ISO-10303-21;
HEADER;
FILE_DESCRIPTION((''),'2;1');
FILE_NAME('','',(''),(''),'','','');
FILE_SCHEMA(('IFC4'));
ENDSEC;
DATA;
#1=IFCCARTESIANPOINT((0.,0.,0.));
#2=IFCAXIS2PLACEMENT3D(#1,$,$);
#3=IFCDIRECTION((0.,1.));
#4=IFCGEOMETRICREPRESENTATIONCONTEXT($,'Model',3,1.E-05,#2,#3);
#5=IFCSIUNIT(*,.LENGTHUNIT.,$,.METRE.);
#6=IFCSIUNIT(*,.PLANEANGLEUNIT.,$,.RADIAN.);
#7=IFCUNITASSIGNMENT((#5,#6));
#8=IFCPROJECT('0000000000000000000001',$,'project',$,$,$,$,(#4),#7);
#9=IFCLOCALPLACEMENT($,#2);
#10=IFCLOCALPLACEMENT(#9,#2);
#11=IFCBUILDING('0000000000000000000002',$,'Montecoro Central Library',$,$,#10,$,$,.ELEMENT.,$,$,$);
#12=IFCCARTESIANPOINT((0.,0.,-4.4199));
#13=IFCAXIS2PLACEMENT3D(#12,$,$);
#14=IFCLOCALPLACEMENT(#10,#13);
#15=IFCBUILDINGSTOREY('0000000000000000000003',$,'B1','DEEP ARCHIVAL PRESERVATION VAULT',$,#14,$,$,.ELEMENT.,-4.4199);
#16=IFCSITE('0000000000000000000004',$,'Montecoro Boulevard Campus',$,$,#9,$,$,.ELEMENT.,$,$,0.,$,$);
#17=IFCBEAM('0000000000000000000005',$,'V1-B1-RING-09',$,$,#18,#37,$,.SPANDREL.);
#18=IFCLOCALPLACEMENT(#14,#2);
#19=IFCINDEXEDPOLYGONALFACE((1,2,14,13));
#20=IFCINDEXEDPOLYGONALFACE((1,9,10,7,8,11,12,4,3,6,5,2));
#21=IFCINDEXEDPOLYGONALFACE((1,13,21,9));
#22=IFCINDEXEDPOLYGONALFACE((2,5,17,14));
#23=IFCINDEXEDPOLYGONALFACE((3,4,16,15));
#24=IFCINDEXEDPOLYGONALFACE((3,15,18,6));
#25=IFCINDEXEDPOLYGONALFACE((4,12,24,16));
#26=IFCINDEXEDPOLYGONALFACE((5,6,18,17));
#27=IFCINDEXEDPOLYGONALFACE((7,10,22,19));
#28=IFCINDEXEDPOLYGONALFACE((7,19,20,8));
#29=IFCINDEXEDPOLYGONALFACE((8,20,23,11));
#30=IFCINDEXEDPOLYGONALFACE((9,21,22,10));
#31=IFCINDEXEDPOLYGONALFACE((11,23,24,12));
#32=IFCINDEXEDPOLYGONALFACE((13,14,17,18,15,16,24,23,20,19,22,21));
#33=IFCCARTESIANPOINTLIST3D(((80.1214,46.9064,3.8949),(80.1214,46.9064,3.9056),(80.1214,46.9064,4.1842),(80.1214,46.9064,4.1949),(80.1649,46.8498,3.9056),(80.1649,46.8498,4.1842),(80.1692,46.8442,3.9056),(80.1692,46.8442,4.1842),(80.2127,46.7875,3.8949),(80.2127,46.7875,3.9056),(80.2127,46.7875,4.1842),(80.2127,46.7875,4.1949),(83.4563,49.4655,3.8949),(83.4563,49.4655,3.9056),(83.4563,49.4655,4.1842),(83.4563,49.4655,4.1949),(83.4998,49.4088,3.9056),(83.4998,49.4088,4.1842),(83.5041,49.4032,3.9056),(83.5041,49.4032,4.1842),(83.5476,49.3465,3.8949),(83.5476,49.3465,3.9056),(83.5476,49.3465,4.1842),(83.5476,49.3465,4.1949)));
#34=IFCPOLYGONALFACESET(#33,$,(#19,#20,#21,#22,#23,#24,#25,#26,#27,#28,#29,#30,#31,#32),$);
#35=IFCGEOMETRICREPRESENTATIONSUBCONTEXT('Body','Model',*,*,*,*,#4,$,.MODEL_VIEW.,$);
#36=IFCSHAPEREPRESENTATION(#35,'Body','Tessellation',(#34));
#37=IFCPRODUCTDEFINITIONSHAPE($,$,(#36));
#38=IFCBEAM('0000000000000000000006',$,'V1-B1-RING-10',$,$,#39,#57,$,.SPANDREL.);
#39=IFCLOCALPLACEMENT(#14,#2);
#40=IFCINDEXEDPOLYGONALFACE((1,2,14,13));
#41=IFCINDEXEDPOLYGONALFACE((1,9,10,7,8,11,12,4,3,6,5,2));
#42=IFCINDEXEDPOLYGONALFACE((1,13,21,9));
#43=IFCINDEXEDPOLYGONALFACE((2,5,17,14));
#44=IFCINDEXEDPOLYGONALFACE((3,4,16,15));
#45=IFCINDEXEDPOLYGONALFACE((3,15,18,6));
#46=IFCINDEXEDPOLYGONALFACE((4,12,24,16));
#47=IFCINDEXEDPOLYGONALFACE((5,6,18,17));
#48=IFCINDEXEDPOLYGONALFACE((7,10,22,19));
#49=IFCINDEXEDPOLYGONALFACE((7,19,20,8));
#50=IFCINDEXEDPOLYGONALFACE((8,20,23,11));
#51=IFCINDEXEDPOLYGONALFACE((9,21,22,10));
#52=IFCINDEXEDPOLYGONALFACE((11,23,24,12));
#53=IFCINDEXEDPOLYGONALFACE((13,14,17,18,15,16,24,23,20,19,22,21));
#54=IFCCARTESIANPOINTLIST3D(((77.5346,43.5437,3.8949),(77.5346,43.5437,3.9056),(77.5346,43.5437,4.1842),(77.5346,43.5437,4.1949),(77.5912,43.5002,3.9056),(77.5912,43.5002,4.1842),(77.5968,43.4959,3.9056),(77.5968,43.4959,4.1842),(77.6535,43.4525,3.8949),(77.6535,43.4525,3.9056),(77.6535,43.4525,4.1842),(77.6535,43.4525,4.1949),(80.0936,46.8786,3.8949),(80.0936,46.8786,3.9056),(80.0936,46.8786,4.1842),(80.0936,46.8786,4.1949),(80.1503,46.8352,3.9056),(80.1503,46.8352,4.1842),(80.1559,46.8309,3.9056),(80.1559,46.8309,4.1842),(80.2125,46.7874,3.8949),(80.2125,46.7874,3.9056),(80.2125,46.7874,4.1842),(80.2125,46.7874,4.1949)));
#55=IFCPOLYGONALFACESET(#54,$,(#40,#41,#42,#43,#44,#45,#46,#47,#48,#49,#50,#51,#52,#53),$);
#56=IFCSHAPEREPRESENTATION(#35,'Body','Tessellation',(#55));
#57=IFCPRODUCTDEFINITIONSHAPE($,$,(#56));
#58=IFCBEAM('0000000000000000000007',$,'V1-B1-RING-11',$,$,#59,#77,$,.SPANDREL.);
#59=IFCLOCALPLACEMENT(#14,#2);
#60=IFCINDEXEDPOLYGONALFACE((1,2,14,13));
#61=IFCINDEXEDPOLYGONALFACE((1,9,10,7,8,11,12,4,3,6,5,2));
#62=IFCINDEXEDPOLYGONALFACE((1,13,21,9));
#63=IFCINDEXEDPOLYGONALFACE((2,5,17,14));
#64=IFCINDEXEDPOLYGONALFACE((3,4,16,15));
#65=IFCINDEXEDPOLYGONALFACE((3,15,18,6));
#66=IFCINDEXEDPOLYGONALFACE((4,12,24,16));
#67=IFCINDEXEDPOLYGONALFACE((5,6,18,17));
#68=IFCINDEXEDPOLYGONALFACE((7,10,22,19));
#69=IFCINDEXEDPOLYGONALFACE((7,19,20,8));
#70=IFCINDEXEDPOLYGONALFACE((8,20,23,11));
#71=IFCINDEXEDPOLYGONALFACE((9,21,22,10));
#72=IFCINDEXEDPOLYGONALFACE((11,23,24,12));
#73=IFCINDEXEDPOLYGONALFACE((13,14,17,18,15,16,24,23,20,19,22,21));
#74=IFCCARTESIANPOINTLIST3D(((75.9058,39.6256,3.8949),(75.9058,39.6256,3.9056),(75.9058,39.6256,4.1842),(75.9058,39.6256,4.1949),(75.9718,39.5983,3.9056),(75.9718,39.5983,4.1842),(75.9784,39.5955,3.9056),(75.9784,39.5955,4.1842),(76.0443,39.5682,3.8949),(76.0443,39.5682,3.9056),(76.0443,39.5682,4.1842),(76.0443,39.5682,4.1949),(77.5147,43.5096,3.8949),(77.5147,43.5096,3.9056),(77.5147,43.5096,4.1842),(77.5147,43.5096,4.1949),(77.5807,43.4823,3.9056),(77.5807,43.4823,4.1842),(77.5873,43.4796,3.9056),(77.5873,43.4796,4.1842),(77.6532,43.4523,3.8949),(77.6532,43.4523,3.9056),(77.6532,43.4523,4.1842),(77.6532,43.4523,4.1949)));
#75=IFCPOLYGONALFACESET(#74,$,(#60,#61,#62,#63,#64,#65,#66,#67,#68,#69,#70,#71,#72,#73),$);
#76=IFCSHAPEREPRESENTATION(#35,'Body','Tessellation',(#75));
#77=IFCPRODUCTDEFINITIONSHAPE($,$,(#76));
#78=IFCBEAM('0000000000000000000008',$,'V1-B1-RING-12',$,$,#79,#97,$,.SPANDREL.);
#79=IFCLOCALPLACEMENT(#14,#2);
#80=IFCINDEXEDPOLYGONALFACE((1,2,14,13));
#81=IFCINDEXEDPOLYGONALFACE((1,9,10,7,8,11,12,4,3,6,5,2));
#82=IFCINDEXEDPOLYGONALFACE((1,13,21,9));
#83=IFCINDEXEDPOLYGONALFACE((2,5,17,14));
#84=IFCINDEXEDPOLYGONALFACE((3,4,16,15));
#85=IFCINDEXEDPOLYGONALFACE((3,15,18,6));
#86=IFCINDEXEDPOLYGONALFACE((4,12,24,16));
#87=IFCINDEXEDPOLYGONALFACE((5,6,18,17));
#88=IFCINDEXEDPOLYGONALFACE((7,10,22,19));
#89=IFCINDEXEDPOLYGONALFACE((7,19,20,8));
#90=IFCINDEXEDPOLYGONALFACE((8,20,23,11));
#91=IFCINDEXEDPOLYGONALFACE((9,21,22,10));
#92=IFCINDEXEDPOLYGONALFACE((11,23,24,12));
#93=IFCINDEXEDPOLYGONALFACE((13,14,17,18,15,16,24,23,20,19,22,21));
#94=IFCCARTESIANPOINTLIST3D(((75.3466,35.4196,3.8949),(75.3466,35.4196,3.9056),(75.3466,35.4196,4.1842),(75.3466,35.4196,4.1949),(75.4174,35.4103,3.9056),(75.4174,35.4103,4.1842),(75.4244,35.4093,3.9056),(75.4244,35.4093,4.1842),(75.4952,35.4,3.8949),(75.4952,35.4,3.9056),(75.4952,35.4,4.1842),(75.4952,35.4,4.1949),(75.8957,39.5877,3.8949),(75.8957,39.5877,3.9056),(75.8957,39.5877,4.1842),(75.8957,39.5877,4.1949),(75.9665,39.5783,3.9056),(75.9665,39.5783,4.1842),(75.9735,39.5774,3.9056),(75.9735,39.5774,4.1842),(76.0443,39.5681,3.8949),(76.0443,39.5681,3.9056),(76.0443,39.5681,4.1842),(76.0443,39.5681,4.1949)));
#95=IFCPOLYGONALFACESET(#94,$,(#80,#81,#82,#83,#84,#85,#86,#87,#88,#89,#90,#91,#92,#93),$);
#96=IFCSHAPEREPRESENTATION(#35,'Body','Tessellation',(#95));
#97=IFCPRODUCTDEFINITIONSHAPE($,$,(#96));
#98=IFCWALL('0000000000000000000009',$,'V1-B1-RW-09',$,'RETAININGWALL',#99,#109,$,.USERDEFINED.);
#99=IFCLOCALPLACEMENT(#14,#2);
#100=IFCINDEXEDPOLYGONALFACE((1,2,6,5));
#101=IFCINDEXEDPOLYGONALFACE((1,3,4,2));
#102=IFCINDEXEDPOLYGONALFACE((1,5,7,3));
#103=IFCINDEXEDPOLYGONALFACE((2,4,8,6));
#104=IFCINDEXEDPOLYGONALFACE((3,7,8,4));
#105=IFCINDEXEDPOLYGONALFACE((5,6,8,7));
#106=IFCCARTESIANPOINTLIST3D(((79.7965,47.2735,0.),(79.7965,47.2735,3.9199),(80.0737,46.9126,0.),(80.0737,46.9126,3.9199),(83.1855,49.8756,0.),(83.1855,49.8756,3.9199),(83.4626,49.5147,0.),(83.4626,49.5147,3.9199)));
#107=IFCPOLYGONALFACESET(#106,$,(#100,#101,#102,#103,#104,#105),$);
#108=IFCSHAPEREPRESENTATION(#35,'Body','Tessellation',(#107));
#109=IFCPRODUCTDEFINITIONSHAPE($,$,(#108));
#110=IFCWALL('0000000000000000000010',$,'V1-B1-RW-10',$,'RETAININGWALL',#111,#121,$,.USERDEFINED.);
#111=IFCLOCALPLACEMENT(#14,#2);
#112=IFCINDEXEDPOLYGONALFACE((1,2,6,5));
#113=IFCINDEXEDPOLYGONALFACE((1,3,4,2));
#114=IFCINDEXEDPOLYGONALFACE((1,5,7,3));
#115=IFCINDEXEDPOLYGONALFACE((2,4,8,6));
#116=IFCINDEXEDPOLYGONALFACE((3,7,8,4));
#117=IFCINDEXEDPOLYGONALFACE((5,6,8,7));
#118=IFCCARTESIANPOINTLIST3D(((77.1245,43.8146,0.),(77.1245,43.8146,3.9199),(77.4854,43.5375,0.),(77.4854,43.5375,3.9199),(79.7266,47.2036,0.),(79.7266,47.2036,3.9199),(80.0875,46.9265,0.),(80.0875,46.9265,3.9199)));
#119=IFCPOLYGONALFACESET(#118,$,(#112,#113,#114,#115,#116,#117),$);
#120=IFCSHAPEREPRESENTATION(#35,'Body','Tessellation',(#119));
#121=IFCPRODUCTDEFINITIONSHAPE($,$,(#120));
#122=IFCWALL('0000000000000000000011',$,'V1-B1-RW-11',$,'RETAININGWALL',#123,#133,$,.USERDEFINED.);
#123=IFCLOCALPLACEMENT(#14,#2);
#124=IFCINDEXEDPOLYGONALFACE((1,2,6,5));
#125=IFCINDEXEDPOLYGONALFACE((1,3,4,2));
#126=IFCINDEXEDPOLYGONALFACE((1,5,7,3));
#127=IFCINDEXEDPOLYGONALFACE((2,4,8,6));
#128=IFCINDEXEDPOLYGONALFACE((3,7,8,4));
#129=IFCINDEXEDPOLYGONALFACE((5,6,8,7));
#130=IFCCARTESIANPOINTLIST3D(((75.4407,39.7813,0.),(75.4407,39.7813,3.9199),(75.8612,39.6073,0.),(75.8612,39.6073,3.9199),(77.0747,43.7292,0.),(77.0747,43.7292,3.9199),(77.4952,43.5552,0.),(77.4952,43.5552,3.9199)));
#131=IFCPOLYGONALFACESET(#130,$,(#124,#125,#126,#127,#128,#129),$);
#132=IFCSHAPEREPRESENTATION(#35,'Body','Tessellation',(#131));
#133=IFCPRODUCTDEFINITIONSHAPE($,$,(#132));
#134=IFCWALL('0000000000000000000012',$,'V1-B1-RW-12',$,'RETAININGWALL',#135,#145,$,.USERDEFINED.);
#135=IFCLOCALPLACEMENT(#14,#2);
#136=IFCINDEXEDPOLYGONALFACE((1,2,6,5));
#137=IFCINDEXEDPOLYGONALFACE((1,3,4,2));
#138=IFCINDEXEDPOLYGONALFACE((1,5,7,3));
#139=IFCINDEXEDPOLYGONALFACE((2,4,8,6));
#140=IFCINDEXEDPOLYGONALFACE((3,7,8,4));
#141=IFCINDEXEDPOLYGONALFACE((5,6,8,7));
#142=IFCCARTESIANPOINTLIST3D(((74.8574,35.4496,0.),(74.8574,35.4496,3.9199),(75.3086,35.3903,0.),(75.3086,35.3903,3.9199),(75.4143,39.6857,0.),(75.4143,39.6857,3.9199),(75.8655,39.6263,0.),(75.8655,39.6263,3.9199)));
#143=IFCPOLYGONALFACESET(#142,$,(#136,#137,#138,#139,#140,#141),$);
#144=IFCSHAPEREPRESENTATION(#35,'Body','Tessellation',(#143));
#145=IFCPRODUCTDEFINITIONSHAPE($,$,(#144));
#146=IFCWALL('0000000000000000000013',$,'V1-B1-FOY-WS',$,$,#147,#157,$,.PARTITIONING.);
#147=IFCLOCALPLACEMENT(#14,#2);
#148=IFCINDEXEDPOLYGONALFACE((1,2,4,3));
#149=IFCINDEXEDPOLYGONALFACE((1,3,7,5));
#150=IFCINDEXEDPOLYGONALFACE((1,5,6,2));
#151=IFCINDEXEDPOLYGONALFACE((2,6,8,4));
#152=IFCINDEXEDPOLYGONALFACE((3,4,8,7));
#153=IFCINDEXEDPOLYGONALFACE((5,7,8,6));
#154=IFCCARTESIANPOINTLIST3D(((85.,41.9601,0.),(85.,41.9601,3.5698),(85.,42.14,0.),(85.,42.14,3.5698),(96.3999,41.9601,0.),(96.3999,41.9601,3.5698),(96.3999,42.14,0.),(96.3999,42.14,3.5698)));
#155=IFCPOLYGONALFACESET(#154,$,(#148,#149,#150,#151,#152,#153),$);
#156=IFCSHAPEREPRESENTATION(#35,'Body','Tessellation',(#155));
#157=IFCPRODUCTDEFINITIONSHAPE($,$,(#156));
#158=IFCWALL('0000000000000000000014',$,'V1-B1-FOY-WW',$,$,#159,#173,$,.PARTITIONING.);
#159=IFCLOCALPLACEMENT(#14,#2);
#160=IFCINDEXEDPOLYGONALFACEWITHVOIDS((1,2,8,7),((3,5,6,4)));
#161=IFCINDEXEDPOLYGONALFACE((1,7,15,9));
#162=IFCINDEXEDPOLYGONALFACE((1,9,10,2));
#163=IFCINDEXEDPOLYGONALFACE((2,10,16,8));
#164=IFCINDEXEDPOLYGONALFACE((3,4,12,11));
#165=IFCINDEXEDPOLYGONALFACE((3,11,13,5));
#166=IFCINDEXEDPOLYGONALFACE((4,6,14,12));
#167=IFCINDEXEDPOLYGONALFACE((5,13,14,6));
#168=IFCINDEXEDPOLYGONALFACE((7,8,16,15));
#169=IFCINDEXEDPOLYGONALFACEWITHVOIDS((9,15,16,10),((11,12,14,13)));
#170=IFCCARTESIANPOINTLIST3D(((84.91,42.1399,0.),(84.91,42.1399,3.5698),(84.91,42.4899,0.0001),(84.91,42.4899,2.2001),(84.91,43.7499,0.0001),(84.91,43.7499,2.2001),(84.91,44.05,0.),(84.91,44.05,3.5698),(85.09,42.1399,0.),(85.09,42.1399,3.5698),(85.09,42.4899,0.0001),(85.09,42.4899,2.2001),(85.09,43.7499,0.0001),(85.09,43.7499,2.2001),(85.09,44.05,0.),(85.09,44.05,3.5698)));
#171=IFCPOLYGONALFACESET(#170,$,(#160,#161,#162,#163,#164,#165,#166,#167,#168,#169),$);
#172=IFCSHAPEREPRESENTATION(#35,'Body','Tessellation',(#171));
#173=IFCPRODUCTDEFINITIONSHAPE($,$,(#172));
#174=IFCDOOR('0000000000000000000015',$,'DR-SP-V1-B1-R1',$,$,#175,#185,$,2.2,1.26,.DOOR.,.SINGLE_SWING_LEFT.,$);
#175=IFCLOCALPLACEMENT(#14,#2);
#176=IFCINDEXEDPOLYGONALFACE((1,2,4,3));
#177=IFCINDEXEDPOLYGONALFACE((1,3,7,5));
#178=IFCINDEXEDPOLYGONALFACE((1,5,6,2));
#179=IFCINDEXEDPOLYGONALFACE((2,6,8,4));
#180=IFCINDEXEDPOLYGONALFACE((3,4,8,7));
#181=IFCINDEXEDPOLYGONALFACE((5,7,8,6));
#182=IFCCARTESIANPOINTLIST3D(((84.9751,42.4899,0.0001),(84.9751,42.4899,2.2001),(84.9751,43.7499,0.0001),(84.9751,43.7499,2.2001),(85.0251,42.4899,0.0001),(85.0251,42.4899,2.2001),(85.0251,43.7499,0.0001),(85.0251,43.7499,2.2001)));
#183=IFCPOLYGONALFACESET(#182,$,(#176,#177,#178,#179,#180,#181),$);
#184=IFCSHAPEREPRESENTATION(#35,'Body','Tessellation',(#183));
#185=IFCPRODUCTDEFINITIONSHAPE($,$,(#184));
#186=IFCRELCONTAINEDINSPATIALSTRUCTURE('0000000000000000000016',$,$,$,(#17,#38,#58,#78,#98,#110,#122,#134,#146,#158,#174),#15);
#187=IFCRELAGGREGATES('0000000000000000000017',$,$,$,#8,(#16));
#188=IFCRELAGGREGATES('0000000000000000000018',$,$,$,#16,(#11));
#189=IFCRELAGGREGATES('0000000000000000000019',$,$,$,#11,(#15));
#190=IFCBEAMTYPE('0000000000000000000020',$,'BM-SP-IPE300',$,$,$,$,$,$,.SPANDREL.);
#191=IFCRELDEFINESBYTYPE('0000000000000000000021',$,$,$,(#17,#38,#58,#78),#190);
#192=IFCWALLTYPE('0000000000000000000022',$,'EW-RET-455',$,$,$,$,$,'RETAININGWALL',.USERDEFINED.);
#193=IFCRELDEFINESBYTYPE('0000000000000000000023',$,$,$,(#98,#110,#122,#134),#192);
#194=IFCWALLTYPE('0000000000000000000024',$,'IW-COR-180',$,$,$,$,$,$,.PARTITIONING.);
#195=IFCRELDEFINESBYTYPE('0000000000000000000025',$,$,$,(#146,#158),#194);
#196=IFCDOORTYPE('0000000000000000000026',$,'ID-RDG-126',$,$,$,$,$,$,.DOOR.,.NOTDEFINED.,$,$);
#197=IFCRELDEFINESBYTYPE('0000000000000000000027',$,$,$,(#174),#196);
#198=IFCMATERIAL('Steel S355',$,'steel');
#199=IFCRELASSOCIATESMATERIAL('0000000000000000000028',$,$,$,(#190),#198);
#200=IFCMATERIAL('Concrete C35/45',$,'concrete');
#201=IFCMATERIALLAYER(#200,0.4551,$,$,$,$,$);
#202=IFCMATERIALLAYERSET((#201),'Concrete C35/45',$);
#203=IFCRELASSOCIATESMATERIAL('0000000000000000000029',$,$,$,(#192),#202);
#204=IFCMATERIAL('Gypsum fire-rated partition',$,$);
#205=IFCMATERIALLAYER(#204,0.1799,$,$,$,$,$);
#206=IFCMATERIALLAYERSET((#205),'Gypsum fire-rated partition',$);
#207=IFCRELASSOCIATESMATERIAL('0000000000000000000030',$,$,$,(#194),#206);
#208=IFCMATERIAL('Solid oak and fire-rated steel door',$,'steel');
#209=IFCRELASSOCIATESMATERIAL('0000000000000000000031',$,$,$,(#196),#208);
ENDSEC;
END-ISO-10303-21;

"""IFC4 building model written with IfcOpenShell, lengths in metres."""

from ifc_helpers import new_model, si_unit, direction, frame, frame_2d, origin, origin_2d, place, context, subcontext, project, spatial, rectangle, i_section, extrude, material, layer, layer_set, material_profile, profile_set, type_object, element, fill, save


model = new_model("IFC4")

# Units and contexts
model_context = context("Model", 3, precision=1e-05, world=origin(), true_north=direction((0.0, 1.0)))
body_context = subcontext(model_context, "Body", "Model", "MODEL_VIEW")
ifc_project = project(units=[si_unit("LENGTHUNIT", "METRE"), si_unit("PLANEANGLEUNIT", "RADIAN")], contexts=[model_context])

# Site, building, storey
site_placement = place(None, origin())
site = spatial("IfcSite", under=ifc_project, at=site_placement, Name="Montecoro Boulevard Campus", CompositionType="ELEMENT", RefElevation=0.0)
building_placement = place(site_placement, origin())
building = spatial("IfcBuilding", under=site, at=building_placement, Name="Montecoro Central Library", CompositionType="ELEMENT")
storey_placement = place(building_placement, frame((0.0, 0.0, -4.4199)))
storey = spatial("IfcBuildingStorey", under=building, at=storey_placement, Name="B1", Description="DEEP ARCHIVAL PRESERVATION VAULT", CompositionType="ELEMENT", Elevation=-4.4199)

# Shared definitions
ifc_material_1 = material(Name="Concrete C35/45", Category="concrete")

# Beams
ifc_material_2 = material(Name="Steel S355", Category="steel")
ifc_material_profile_1 = material_profile(ifc_material_2, i_section(OverallWidth=0.1499, OverallDepth=0.3, WebThickness=0.0071, FlangeThickness=0.0107, at=origin_2d()), Name="IPE 300")
ifc_profile_set_1 = profile_set([ifc_material_profile_1], Name="Steel S355")
beam_type_1 = type_object("IfcBeamType", Name="BM-SP-IPE300", PredefinedType="SPANDREL", material=ifc_profile_set_1)
for number, where, z_axis, x_axis, name in (
    (1, (83.502, 49.406, 4.0449), (-0.793345, -0.608773, 0.0), (0.608773, -0.793345, 0.0), "V1-B1-RING-09"),
    (2, (80.1531, 46.833, 4.0449), (-0.608773, -0.793345, 0.0), (0.793345, -0.608773, 0.0), "V1-B1-RING-10"),
):
    element("IfcBeam", number, at=place(storey_placement, frame(where, z_axis=z_axis, x_axis=x_axis)), inside=storey, type_object=beam_type_1, Name=name, PredefinedType="SPANDREL", context=body_context, shape_type="SweptSolid", body=[
        extrude(i_section(OverallWidth=0.1499, OverallDepth=0.3, WebThickness=0.0071, FlangeThickness=0.0107, at=origin_2d()), origin(), (0.0, 0.0, 1.0), 4.2036),
    ])
for number, where, z_axis, x_axis, name in (
    (3, (77.584, 43.481, 4.0449), (-0.382697, -0.923874, 0.0), (0.923874, -0.382697, 0.0), "V1-B1-RING-11"),
    (4, (75.97, 39.5779, 4.0449), (-0.130608, -0.991434, 0.0), (0.991434, -0.130608, 0.0), "V1-B1-RING-12"),
):
    element("IfcBeam", number, at=place(storey_placement, frame(where, z_axis=z_axis, x_axis=x_axis)), inside=storey, type_object=beam_type_1, Name=name, PredefinedType="SPANDREL", context=body_context, shape_type="SweptSolid", body=[
        extrude(i_section(OverallWidth=0.1499, OverallDepth=0.3, WebThickness=0.0071, FlangeThickness=0.0107, at=origin_2d()), origin(), (0.0, 0.0, 1.0), 4.2041),
    ])

# Walls
ifc_layer_1 = layer(ifc_material_1, 0.4551)
ifc_layer_set_1 = layer_set([ifc_layer_1], Name="Concrete C35/45")
wall_type_1 = type_object("IfcWallType", Name="EW-RET-455", ElementType="RETAININGWALL", PredefinedType="USERDEFINED", material=ifc_layer_set_1)
for number, where, z_axis, x_axis, name in (
    (5, (83.324, 49.6951, 0.0), (0.0, 0.0, 1.0), (-0.793167, -0.609004, 0.0), "V1-B1-RW-09"),
    (6, (79.907, 47.0649, 0.0), (0.0, 0.0, 1.0), (-0.609004, -0.793167, 0.0), "V1-B1-RW-10"),
    (7, (77.2849, 43.6421, 0.0), (0.0, 0.0, 1.0), (-0.382427, -0.923986, 0.0), "V1-B1-RW-11"),
):
    element("IfcWall", number, at=place(storey_placement, frame(where, z_axis=z_axis, x_axis=x_axis)), inside=storey, type_object=wall_type_1, Name=name, ObjectType="RETAININGWALL", PredefinedType="USERDEFINED", context=body_context, shape_type="SweptSolid", body=[
        extrude(rectangle(XDim=4.2727, YDim=0.4551, at=frame_2d((2.1362, 0.0))), origin(), (0.0, 0.0, 1.0), 3.9199),
    ])
wall_1_placement = place(storey_placement, frame((75.6399, 39.656, 0.0), z_axis=(0.0, 0.0, 1.0), x_axis=(-0.130341, -0.991469, 0.0)))
element("IfcWall", 8, at=wall_1_placement, inside=storey, type_object=wall_type_1, Name="V1-B1-RW-12", ObjectType="RETAININGWALL", PredefinedType="USERDEFINED", context=body_context, shape_type="SweptSolid", body=[
    extrude(rectangle(XDim=4.2725, YDim=0.4551, at=frame_2d((2.1362, 0.0))), origin(), (0.0, 0.0, 1.0), 3.9199),
])
ifc_material_3 = material(Name="Gypsum fire-rated partition")
ifc_layer_2 = layer(ifc_material_3, 0.1799)
ifc_layer_set_2 = layer_set([ifc_layer_2], Name="Gypsum fire-rated partition")
wall_type_2 = type_object("IfcWallType", Name="IW-COR-180", PredefinedType="PARTITIONING", material=ifc_layer_set_2)
wall_2_placement = place(storey_placement, frame((85.0, 42.05, 0.0), z_axis=(0.0, 0.0, 1.0), x_axis=(1.0, 0.0, 0.0)))
element("IfcWall", 9, at=wall_2_placement, inside=storey, type_object=wall_type_2, Name="V1-B1-FOY-WS", PredefinedType="PARTITIONING", context=body_context, shape_type="SweptSolid", body=[
    extrude(rectangle(XDim=11.3999, YDim=0.1799, at=frame_2d((5.7, 0.0))), origin(), (0.0, 0.0, 1.0), 3.5698),
])

# Wall, opening, door
wall_3_placement = place(storey_placement, frame((85.0, 42.1399, 0.0), z_axis=(0.0, 0.0, 1.0), x_axis=(0.0, 1.0, 0.0)))
wall_3 = element("IfcWall", 10, at=wall_3_placement, inside=storey, type_object=wall_type_2, Name="V1-B1-FOY-WW", PredefinedType="PARTITIONING", context=body_context, shape_type="SweptSolid", body=[
    extrude(rectangle(XDim=1.9102, YDim=0.1799, at=frame_2d((0.9551, 0.0))), origin(), (0.0, 0.0, 1.0), 3.5698),
])
opening_1_placement = place(wall_3_placement, frame((0.3501, 0.0, 0.0)))
opening_1 = element("IfcOpeningElement", 11, at=opening_1_placement, cuts=wall_3, PredefinedType="OPENING", context=body_context, shape_type="SweptSolid", body=[
    extrude(rectangle(XDim=1.26, YDim=2.2, at=frame_2d((0.6299, 1.1001))), frame((0.0, 0.0999, 0.0), z_axis=(0.0, -1.0, 0.0), x_axis=(1.0, 0.0, 0.0)), (0.0, 0.0, 1.0), 0.2),
])
ifc_material_4 = material(Name="Solid oak and fire-rated steel door", Category="steel")
door_type_1 = type_object("IfcDoorType", Name="ID-RDG-126", OperationType="NOTDEFINED", PredefinedType="DOOR", material=ifc_material_4)
door_1_placement = place(opening_1_placement, origin())
door_1 = element("IfcDoor", 12, at=door_1_placement, inside=storey, type_object=door_type_1, Name="DR-SP-V1-B1-R1", OperationType="SINGLE_SWING_LEFT", OverallHeight=2.2, OverallWidth=1.26, PredefinedType="DOOR", context=body_context, shape_type="SweptSolid", body=[
    extrude(rectangle(XDim=1.26, YDim=2.2, at=frame_2d((0.6299, 1.1001))), frame((0.0, 0.0249, 0.0), z_axis=(0.0, -1.0, 0.0), x_axis=(1.0, 0.0, 0.0)), (0.0, 0.0, 1.0), 0.05),
])
fill(opening_1, door_1)

save(model, "model.ifc")
